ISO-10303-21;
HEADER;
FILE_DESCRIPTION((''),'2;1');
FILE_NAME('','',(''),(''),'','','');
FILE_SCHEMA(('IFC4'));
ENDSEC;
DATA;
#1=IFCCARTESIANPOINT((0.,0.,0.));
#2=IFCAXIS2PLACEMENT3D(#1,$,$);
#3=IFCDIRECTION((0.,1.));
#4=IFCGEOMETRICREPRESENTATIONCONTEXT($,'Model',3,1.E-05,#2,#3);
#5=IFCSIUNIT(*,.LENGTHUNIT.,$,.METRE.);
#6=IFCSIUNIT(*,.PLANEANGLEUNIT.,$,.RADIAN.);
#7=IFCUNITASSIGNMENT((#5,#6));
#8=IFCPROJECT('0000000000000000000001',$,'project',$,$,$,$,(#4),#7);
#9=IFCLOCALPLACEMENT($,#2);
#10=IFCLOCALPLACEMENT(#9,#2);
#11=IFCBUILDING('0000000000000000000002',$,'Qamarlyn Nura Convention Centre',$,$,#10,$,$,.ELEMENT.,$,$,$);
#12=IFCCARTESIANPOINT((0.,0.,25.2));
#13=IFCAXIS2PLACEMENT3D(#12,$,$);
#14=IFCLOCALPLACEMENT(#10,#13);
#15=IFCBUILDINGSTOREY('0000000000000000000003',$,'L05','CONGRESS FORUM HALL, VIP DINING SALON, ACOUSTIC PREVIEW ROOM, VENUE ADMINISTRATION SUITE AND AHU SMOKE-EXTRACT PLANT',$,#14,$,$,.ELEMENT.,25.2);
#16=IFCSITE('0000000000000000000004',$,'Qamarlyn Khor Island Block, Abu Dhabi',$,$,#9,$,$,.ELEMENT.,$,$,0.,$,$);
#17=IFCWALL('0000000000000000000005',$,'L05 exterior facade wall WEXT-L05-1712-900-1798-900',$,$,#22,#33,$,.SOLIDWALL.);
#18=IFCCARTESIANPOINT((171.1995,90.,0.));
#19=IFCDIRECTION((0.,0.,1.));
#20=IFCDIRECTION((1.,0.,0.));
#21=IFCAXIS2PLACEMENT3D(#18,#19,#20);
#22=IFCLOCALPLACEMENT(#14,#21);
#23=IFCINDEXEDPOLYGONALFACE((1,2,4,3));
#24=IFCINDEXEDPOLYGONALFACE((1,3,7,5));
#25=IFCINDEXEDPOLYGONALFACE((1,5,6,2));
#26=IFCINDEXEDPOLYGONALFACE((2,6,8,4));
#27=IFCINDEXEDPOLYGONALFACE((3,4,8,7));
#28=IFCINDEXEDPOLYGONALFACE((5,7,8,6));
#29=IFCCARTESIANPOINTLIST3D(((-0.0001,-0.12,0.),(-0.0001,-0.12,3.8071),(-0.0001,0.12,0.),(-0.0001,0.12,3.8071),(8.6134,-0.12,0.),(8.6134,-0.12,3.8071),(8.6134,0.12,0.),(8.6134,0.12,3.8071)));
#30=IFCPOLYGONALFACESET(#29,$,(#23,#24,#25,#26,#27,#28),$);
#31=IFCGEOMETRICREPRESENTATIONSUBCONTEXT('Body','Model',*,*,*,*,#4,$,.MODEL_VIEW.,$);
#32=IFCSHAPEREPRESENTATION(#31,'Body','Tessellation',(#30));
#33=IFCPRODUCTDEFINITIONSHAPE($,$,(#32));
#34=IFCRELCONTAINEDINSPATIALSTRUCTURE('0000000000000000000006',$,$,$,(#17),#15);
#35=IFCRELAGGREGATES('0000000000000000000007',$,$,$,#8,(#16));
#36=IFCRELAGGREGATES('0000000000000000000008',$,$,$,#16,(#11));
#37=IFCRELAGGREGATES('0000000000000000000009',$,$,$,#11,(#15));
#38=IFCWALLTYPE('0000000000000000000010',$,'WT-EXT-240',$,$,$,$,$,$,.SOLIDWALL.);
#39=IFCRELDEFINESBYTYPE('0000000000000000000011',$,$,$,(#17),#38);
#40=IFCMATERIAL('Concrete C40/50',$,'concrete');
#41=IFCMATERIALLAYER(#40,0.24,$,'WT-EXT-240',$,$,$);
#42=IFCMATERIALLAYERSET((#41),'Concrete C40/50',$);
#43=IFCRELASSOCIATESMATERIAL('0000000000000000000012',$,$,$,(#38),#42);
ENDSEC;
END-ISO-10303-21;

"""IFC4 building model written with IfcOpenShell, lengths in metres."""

from ifc_helpers import new_model, si_unit, direction, frame, frame_2d, origin, place, context, subcontext, project, spatial, rectangle, extrude, material, layer, layer_set, type_object, element, save


model = new_model("IFC4")

# Units and contexts
model_context = context("Model", 3, precision=1e-05, world=origin(), true_north=direction((0.0, 1.0)))
body_context = subcontext(model_context, "Body", "Model", "MODEL_VIEW")
ifc_project = project(units=[si_unit("LENGTHUNIT", "METRE"), si_unit("PLANEANGLEUNIT", "RADIAN")], contexts=[model_context])

# Site, building, storey
site_placement = place(None, origin())
site = spatial("IfcSite", under=ifc_project, at=site_placement, Name="Qamarlyn Khor Island Block, Abu Dhabi", CompositionType="ELEMENT", RefElevation=0.0)
building_placement = place(site_placement, origin())
building = spatial("IfcBuilding", under=site, at=building_placement, Name="Qamarlyn Nura Convention Centre", CompositionType="ELEMENT")
storey_placement = place(building_placement, frame((0.0, 0.0, 25.2)))
storey = spatial("IfcBuildingStorey", under=building, at=storey_placement, Name="L05", Description="CONGRESS FORUM HALL, VIP DINING SALON, ACOUSTIC PREVIEW ROOM, VENUE ADMINISTRATION SUITE AND AHU SMOKE-EXTRACT PLANT", CompositionType="ELEMENT", Elevation=25.2)

# Wall
ifc_material_1 = material(Name="Concrete C40/50", Category="concrete")
ifc_layer_1 = layer(ifc_material_1, 0.24, Name="WT-EXT-240")
ifc_layer_set_1 = layer_set([ifc_layer_1], Name="Concrete C40/50")
wall_type_1 = type_object("IfcWallType", Name="WT-EXT-240", PredefinedType="SOLIDWALL", material=ifc_layer_set_1)
wall_1_placement = place(storey_placement, frame((171.1995, 90.0, 0.0), z_axis=(0.0, 0.0, 1.0), x_axis=(1.0, 0.0, 0.0)))
element("IfcWall", 1, at=wall_1_placement, inside=storey, type_object=wall_type_1, Name="L05 exterior facade wall WEXT-L05-1712-900-1798-900", PredefinedType="SOLIDWALL", context=body_context, shape_type="SweptSolid", body=[
    extrude(rectangle(XDim=8.6135, YDim=0.24, at=frame_2d((4.3066, 0.0))), origin(), (0.0, 0.0, 1.0), 3.8071),
])

save(model, "model.ifc")
